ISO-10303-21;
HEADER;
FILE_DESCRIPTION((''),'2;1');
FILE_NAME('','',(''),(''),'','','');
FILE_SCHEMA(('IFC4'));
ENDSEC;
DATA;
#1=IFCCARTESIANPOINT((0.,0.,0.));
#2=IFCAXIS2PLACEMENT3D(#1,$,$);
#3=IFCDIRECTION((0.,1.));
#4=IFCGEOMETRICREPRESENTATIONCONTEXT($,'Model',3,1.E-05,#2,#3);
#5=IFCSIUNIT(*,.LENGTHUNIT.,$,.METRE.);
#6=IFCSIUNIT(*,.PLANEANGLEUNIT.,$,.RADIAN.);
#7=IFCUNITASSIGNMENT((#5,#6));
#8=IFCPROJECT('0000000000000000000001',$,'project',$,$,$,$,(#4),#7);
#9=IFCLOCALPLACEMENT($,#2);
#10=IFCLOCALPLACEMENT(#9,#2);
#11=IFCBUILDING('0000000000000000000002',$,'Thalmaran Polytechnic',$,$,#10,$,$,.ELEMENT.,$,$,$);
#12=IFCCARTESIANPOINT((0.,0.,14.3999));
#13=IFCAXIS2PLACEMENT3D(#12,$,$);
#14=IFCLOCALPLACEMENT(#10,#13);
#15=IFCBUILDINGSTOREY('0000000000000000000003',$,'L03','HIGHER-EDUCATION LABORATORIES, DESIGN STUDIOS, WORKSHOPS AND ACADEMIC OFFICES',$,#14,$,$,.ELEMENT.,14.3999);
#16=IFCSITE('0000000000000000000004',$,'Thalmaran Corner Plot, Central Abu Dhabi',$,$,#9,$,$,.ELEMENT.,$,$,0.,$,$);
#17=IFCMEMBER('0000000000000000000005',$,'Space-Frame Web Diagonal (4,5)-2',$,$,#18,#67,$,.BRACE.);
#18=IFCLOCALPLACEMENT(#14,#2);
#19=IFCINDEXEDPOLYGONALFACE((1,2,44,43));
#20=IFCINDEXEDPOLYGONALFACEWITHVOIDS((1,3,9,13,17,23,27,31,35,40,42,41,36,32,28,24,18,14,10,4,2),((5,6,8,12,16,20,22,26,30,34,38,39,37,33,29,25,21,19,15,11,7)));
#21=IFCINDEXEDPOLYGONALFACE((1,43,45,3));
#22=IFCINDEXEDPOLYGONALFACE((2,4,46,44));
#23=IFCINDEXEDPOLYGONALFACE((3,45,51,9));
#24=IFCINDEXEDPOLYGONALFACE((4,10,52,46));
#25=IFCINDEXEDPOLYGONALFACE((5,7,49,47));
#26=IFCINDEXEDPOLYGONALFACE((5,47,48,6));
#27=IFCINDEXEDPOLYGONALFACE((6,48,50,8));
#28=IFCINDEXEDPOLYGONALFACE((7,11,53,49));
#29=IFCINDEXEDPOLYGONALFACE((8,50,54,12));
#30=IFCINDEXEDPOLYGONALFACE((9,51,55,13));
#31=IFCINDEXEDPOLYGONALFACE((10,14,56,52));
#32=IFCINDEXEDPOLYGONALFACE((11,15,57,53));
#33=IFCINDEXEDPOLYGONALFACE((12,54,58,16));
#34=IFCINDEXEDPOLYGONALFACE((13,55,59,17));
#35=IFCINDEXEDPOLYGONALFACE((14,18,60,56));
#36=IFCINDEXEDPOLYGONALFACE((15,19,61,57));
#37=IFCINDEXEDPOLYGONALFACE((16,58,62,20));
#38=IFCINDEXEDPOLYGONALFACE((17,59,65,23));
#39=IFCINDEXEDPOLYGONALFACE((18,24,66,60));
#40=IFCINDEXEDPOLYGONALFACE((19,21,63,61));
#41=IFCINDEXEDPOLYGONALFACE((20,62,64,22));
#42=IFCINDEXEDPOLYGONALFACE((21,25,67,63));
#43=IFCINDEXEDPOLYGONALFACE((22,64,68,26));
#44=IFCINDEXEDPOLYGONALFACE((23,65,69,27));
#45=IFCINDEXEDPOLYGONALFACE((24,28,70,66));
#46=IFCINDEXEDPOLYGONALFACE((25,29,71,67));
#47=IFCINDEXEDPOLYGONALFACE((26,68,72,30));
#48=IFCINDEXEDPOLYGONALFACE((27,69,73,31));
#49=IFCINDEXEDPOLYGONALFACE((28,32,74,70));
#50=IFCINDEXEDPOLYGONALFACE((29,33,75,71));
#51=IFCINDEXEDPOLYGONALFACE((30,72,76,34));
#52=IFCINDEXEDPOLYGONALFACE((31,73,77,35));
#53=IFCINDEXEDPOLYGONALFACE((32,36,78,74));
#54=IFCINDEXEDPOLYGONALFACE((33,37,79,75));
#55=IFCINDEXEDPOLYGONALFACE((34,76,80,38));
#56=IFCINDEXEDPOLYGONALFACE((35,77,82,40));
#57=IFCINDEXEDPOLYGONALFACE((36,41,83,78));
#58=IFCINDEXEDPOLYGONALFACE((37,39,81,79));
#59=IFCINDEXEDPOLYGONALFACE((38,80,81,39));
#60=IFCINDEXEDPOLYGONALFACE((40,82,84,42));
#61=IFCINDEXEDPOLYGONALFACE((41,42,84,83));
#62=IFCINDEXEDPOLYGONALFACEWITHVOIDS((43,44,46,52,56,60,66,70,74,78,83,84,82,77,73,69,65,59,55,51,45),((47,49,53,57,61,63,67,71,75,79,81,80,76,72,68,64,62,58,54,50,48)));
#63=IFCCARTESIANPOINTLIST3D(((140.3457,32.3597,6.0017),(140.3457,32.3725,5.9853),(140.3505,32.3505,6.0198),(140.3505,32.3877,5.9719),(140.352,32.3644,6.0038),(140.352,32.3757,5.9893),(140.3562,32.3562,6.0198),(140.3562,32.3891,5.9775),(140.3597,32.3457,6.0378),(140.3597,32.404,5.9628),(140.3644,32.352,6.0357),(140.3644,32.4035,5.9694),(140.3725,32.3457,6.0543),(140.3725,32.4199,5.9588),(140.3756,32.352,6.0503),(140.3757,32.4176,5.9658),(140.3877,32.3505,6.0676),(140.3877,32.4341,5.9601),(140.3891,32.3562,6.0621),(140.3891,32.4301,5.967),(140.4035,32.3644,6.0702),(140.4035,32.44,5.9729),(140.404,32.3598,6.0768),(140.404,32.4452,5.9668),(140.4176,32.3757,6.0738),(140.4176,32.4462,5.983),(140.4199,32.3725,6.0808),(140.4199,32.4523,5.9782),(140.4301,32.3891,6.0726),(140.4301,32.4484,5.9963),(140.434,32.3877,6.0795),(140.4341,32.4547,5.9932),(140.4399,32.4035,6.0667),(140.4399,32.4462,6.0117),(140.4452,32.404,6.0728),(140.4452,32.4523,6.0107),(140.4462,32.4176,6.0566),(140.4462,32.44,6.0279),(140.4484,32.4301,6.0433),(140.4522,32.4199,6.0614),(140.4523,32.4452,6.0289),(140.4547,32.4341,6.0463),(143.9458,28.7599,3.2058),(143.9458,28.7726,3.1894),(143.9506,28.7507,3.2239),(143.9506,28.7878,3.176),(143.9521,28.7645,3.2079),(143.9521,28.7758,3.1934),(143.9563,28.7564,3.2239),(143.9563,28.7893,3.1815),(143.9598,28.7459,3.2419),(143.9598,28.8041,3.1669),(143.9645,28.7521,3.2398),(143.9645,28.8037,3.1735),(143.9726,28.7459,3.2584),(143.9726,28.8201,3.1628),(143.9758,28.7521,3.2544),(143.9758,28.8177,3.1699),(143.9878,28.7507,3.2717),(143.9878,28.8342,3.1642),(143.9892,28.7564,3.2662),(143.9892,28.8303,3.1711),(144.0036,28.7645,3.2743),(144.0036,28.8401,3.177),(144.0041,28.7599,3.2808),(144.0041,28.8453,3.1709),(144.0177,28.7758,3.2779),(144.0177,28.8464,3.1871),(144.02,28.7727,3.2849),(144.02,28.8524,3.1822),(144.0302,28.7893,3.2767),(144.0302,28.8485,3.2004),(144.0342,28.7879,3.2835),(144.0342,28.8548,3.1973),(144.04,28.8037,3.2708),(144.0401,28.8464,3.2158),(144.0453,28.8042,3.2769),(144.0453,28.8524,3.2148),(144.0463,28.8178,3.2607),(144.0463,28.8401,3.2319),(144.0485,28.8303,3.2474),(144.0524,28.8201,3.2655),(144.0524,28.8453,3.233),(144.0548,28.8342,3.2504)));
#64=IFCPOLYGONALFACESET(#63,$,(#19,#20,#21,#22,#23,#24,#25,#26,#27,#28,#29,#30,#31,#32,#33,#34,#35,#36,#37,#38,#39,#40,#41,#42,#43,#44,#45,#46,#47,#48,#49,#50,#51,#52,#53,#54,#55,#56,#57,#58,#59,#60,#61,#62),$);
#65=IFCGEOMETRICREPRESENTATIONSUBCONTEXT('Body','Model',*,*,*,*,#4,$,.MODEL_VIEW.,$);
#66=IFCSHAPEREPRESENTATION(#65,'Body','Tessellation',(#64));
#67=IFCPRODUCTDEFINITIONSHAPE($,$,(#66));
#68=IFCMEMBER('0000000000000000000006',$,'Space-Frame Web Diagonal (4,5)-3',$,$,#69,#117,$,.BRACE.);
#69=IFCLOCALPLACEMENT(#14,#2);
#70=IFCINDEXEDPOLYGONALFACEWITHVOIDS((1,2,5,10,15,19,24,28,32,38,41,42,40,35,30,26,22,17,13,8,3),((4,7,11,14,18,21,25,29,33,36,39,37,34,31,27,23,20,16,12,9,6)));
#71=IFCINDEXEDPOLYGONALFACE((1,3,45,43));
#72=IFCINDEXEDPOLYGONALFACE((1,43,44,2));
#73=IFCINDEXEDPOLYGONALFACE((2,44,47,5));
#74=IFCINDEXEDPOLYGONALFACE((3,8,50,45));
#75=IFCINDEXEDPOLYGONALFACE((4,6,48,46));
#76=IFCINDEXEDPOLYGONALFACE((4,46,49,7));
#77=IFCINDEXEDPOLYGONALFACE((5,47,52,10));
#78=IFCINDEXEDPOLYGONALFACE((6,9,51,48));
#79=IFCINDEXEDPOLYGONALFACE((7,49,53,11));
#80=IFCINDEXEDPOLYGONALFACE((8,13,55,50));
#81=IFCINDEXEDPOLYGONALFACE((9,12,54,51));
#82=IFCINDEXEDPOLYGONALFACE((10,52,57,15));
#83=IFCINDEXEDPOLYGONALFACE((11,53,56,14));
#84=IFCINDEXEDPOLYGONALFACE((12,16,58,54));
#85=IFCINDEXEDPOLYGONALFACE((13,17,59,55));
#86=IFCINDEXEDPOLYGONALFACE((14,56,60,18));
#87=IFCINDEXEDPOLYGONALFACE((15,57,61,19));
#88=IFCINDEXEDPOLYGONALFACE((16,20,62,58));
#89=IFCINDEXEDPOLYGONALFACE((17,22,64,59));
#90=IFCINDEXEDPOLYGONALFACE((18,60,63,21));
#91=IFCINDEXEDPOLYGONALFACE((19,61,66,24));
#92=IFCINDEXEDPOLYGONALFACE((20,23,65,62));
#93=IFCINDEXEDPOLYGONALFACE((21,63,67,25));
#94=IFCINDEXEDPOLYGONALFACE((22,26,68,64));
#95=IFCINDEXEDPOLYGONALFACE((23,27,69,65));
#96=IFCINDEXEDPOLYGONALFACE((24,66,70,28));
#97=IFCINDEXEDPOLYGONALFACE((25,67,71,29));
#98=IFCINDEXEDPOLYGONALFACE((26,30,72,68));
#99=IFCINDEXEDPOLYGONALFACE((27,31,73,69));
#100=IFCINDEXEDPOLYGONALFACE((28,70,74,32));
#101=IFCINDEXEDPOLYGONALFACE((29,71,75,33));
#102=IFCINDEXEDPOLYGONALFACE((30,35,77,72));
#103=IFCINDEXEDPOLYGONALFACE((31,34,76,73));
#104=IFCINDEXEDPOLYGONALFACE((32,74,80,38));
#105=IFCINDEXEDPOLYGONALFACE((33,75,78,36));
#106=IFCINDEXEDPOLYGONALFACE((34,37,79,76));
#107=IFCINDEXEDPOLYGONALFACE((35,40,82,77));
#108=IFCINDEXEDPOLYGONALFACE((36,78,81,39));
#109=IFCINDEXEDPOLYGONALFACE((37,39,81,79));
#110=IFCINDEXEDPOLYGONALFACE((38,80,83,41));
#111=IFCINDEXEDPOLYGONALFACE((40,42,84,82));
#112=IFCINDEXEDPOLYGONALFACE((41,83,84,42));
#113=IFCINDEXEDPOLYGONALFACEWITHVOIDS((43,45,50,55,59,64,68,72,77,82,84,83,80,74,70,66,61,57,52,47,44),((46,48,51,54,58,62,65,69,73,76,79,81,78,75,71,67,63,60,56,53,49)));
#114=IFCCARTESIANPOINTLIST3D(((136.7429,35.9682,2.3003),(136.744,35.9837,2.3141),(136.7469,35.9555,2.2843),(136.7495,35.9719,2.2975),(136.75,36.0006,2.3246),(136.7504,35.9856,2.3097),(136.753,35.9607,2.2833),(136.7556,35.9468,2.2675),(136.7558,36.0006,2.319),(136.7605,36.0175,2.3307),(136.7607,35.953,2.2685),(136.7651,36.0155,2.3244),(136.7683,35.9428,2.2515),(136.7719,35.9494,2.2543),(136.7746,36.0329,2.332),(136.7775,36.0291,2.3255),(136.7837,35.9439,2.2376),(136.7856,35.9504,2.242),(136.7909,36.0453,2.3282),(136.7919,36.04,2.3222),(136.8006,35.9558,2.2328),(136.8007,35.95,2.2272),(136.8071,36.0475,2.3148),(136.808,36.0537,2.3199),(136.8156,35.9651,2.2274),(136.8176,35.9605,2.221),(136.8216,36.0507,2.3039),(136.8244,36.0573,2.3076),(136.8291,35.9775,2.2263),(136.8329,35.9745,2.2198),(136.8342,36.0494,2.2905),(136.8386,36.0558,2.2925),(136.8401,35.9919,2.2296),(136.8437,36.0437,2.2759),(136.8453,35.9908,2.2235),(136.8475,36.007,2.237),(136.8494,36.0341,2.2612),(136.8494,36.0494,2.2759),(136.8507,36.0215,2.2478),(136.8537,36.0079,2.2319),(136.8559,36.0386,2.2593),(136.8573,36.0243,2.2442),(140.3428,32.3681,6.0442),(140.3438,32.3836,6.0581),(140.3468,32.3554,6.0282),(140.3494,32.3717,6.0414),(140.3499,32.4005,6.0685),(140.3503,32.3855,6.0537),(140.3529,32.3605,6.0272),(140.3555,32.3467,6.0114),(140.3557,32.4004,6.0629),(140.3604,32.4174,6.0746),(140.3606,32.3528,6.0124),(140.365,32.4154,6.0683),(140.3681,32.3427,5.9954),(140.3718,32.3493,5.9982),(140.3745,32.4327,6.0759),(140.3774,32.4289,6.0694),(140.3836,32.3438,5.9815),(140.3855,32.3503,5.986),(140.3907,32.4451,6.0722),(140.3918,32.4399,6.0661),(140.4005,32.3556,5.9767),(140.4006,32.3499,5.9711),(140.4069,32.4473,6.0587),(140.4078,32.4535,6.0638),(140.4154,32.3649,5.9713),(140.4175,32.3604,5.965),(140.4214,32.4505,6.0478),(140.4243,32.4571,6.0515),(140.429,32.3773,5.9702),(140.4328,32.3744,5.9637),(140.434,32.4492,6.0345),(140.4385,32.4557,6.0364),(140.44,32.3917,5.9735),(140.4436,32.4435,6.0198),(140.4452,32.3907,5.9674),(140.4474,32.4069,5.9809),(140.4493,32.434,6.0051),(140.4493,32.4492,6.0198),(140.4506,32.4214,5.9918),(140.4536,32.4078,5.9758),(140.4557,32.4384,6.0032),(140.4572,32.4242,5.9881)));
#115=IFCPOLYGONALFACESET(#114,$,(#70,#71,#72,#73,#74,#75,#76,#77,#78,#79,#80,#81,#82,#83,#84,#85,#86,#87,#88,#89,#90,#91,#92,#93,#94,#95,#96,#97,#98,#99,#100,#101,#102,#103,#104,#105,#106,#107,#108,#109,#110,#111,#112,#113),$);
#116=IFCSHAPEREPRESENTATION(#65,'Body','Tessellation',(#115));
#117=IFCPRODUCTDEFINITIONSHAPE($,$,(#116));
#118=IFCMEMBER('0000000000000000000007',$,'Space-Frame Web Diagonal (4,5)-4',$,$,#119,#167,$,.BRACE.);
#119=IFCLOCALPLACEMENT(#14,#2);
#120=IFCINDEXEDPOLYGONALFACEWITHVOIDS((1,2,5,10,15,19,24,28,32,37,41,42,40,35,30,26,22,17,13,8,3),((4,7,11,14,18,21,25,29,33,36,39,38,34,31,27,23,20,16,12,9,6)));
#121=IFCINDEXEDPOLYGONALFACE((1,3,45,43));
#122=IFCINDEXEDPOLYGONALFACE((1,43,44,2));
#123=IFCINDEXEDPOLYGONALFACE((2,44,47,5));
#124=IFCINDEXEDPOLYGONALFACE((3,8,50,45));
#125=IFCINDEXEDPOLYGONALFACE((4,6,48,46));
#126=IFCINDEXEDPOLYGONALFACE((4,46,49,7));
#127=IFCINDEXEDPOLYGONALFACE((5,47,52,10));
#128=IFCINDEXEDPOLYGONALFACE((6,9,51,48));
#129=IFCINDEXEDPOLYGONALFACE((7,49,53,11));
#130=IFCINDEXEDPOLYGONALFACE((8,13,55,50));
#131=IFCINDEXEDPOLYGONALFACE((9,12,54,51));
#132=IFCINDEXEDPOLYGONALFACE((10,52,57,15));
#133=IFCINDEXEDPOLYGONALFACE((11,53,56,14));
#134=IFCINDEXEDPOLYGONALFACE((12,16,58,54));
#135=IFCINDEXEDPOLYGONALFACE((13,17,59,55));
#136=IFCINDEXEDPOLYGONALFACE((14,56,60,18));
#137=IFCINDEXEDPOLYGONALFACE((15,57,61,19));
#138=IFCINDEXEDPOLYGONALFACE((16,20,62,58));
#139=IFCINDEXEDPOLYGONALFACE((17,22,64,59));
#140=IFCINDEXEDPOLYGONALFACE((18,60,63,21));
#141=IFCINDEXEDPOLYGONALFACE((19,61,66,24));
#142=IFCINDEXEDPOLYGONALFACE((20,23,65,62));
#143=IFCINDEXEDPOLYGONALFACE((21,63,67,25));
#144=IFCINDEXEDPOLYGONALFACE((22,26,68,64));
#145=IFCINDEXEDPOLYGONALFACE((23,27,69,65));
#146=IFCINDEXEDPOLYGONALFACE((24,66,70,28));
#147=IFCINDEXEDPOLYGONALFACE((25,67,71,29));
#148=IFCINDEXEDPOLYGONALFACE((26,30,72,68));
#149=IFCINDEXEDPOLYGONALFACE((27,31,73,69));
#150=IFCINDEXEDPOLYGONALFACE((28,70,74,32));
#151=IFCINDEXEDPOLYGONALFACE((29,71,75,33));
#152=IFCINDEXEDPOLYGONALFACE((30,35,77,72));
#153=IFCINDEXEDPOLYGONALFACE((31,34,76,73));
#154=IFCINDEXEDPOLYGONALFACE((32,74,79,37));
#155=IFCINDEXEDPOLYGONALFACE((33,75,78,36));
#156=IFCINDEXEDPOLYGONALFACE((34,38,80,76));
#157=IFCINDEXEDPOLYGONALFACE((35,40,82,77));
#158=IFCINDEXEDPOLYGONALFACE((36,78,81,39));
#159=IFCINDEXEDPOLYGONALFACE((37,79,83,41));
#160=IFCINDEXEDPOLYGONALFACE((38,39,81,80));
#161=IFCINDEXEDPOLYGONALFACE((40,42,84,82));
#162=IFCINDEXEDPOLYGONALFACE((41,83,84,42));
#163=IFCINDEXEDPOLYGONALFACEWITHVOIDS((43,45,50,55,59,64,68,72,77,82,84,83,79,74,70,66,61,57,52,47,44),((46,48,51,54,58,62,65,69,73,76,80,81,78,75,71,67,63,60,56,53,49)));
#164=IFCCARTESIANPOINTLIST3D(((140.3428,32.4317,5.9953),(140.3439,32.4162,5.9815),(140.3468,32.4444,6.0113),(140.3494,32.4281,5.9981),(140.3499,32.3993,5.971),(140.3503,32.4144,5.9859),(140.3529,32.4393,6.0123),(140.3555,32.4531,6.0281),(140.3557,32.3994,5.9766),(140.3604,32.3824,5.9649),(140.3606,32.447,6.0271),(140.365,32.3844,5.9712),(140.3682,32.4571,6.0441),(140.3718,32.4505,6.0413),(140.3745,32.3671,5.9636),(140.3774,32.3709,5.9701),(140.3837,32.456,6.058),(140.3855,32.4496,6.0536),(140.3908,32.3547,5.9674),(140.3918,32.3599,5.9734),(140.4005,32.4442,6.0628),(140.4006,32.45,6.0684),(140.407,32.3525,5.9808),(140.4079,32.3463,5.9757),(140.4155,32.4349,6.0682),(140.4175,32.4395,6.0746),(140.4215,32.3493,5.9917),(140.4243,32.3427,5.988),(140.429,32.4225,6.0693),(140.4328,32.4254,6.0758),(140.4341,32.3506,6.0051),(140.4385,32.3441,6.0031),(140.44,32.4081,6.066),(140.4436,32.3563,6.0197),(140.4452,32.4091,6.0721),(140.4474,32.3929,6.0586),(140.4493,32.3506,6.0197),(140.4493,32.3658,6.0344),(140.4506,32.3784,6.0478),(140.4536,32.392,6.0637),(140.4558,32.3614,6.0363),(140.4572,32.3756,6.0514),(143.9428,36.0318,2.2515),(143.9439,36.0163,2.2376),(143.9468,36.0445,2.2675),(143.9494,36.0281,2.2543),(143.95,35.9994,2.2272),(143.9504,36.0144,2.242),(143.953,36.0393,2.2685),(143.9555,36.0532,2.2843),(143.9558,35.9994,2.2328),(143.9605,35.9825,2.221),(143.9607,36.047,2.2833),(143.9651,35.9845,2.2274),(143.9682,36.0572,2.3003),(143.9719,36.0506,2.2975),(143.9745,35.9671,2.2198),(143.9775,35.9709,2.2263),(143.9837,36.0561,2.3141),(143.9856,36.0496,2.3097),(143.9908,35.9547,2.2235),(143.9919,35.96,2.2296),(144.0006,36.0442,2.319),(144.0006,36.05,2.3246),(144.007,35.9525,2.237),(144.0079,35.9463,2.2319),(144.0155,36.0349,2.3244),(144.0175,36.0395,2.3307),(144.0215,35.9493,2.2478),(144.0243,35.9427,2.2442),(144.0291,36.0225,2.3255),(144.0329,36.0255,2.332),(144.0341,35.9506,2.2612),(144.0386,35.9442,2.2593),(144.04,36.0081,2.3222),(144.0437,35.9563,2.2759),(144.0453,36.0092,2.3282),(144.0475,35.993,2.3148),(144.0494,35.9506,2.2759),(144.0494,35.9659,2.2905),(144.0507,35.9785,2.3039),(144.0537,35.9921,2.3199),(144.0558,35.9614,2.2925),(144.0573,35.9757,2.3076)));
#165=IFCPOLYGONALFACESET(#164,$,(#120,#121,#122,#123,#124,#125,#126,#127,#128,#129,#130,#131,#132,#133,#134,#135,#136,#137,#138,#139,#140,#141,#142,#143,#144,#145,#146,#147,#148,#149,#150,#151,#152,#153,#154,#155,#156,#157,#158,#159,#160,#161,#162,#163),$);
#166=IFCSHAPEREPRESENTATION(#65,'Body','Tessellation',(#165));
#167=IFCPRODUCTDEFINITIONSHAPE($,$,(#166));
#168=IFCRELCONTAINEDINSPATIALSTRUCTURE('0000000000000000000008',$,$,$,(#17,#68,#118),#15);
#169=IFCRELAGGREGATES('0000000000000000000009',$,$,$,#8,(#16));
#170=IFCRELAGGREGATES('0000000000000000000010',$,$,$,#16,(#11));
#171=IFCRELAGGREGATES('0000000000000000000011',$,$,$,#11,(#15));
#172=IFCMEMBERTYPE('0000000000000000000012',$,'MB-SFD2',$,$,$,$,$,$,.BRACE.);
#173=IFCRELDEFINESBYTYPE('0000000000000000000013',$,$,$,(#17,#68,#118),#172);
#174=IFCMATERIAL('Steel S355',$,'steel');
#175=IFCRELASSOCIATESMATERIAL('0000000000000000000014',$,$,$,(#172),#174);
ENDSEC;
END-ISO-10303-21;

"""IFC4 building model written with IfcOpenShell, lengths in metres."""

from ifc_helpers import new_model, si_unit, direction, frame, origin, origin_2d, place, context, subcontext, project, spatial, hollow_circle, extrude, material, material_profile, profile_set, type_object, element, save


model = new_model("IFC4")

# Units and contexts
model_context = context("Model", 3, precision=1e-05, world=origin(), true_north=direction((0.0, 1.0)))
body_context = subcontext(model_context, "Body", "Model", "MODEL_VIEW")
ifc_project = project(units=[si_unit("LENGTHUNIT", "METRE"), si_unit("PLANEANGLEUNIT", "RADIAN")], contexts=[model_context])

# Site, building, storey
site_placement = place(None, origin())
site = spatial("IfcSite", under=ifc_project, at=site_placement, Name="Thalmaran Corner Plot, Central Abu Dhabi", CompositionType="ELEMENT", RefElevation=0.0)
building_placement = place(site_placement, origin())
building = spatial("IfcBuilding", under=site, at=building_placement, Name="Thalmaran Polytechnic", CompositionType="ELEMENT")
storey_placement = place(building_placement, frame((0.0, 0.0, 14.3999)))
storey = spatial("IfcBuildingStorey", under=building, at=storey_placement, Name="L03", Description="HIGHER-EDUCATION LABORATORIES, DESIGN STUDIOS, WORKSHOPS AND ACADEMIC OFFICES", CompositionType="ELEMENT", Elevation=14.3999)

# Members
ifc_material = material(Name="Steel S355", Category="steel")
ifc_material_profile_1 = material_profile(ifc_material, hollow_circle(Radius=0.0698, WallThickness=0.0081, at=origin_2d()), Name="CHS 139.7x8.0")
ifc_profile_set_1 = profile_set([ifc_material_profile_1], Name="Steel S355")
member_type_1 = type_object("IfcMemberType", Name="MB-SFD2", PredefinedType="BRACE", material=ifc_profile_set_1)
member_1_placement = place(storey_placement, frame((144.0, 28.8, 3.2239), z_axis=(-0.619816, 0.619774, 0.48136), x_axis=(-0.707083, -0.707131, 0.0)))
element("IfcMember", 1, at=member_1_placement, inside=storey, type_object=member_type_1, Name="Space-Frame Web Diagonal (4,5)-2", PredefinedType="BRACE", context=body_context, shape_type="SweptSolid", body=[
    extrude(hollow_circle(Radius=0.0698, WallThickness=0.0081, at=origin_2d()), origin(), (0.0, 0.0, 1.0), 5.8083),
])
for number, where, z_axis, x_axis, name in (
    (2, (136.8, 36.0, 2.2759), (0.56964, -0.569678, 0.592433), (0.707131, 0.707083, 0.0), "Space-Frame Web Diagonal (4,5)-3"),
    (3, (144.0, 36.0, 2.2759), (-0.569666, -0.569666, 0.59242), (0.707107, -0.707107, 0.0), "Space-Frame Web Diagonal (4,5)-4"),
):
    element("IfcMember", number, at=place(storey_placement, frame(where, z_axis=z_axis, x_axis=x_axis)), inside=storey, type_object=member_type_1, Name=name, PredefinedType="BRACE", context=body_context, shape_type="SweptSolid", body=[
        extrude(hollow_circle(Radius=0.0698, WallThickness=0.0081, at=origin_2d()), origin(), (0.0, 0.0, 1.0), 6.3196),
    ])

save(model, "model.ifc")
